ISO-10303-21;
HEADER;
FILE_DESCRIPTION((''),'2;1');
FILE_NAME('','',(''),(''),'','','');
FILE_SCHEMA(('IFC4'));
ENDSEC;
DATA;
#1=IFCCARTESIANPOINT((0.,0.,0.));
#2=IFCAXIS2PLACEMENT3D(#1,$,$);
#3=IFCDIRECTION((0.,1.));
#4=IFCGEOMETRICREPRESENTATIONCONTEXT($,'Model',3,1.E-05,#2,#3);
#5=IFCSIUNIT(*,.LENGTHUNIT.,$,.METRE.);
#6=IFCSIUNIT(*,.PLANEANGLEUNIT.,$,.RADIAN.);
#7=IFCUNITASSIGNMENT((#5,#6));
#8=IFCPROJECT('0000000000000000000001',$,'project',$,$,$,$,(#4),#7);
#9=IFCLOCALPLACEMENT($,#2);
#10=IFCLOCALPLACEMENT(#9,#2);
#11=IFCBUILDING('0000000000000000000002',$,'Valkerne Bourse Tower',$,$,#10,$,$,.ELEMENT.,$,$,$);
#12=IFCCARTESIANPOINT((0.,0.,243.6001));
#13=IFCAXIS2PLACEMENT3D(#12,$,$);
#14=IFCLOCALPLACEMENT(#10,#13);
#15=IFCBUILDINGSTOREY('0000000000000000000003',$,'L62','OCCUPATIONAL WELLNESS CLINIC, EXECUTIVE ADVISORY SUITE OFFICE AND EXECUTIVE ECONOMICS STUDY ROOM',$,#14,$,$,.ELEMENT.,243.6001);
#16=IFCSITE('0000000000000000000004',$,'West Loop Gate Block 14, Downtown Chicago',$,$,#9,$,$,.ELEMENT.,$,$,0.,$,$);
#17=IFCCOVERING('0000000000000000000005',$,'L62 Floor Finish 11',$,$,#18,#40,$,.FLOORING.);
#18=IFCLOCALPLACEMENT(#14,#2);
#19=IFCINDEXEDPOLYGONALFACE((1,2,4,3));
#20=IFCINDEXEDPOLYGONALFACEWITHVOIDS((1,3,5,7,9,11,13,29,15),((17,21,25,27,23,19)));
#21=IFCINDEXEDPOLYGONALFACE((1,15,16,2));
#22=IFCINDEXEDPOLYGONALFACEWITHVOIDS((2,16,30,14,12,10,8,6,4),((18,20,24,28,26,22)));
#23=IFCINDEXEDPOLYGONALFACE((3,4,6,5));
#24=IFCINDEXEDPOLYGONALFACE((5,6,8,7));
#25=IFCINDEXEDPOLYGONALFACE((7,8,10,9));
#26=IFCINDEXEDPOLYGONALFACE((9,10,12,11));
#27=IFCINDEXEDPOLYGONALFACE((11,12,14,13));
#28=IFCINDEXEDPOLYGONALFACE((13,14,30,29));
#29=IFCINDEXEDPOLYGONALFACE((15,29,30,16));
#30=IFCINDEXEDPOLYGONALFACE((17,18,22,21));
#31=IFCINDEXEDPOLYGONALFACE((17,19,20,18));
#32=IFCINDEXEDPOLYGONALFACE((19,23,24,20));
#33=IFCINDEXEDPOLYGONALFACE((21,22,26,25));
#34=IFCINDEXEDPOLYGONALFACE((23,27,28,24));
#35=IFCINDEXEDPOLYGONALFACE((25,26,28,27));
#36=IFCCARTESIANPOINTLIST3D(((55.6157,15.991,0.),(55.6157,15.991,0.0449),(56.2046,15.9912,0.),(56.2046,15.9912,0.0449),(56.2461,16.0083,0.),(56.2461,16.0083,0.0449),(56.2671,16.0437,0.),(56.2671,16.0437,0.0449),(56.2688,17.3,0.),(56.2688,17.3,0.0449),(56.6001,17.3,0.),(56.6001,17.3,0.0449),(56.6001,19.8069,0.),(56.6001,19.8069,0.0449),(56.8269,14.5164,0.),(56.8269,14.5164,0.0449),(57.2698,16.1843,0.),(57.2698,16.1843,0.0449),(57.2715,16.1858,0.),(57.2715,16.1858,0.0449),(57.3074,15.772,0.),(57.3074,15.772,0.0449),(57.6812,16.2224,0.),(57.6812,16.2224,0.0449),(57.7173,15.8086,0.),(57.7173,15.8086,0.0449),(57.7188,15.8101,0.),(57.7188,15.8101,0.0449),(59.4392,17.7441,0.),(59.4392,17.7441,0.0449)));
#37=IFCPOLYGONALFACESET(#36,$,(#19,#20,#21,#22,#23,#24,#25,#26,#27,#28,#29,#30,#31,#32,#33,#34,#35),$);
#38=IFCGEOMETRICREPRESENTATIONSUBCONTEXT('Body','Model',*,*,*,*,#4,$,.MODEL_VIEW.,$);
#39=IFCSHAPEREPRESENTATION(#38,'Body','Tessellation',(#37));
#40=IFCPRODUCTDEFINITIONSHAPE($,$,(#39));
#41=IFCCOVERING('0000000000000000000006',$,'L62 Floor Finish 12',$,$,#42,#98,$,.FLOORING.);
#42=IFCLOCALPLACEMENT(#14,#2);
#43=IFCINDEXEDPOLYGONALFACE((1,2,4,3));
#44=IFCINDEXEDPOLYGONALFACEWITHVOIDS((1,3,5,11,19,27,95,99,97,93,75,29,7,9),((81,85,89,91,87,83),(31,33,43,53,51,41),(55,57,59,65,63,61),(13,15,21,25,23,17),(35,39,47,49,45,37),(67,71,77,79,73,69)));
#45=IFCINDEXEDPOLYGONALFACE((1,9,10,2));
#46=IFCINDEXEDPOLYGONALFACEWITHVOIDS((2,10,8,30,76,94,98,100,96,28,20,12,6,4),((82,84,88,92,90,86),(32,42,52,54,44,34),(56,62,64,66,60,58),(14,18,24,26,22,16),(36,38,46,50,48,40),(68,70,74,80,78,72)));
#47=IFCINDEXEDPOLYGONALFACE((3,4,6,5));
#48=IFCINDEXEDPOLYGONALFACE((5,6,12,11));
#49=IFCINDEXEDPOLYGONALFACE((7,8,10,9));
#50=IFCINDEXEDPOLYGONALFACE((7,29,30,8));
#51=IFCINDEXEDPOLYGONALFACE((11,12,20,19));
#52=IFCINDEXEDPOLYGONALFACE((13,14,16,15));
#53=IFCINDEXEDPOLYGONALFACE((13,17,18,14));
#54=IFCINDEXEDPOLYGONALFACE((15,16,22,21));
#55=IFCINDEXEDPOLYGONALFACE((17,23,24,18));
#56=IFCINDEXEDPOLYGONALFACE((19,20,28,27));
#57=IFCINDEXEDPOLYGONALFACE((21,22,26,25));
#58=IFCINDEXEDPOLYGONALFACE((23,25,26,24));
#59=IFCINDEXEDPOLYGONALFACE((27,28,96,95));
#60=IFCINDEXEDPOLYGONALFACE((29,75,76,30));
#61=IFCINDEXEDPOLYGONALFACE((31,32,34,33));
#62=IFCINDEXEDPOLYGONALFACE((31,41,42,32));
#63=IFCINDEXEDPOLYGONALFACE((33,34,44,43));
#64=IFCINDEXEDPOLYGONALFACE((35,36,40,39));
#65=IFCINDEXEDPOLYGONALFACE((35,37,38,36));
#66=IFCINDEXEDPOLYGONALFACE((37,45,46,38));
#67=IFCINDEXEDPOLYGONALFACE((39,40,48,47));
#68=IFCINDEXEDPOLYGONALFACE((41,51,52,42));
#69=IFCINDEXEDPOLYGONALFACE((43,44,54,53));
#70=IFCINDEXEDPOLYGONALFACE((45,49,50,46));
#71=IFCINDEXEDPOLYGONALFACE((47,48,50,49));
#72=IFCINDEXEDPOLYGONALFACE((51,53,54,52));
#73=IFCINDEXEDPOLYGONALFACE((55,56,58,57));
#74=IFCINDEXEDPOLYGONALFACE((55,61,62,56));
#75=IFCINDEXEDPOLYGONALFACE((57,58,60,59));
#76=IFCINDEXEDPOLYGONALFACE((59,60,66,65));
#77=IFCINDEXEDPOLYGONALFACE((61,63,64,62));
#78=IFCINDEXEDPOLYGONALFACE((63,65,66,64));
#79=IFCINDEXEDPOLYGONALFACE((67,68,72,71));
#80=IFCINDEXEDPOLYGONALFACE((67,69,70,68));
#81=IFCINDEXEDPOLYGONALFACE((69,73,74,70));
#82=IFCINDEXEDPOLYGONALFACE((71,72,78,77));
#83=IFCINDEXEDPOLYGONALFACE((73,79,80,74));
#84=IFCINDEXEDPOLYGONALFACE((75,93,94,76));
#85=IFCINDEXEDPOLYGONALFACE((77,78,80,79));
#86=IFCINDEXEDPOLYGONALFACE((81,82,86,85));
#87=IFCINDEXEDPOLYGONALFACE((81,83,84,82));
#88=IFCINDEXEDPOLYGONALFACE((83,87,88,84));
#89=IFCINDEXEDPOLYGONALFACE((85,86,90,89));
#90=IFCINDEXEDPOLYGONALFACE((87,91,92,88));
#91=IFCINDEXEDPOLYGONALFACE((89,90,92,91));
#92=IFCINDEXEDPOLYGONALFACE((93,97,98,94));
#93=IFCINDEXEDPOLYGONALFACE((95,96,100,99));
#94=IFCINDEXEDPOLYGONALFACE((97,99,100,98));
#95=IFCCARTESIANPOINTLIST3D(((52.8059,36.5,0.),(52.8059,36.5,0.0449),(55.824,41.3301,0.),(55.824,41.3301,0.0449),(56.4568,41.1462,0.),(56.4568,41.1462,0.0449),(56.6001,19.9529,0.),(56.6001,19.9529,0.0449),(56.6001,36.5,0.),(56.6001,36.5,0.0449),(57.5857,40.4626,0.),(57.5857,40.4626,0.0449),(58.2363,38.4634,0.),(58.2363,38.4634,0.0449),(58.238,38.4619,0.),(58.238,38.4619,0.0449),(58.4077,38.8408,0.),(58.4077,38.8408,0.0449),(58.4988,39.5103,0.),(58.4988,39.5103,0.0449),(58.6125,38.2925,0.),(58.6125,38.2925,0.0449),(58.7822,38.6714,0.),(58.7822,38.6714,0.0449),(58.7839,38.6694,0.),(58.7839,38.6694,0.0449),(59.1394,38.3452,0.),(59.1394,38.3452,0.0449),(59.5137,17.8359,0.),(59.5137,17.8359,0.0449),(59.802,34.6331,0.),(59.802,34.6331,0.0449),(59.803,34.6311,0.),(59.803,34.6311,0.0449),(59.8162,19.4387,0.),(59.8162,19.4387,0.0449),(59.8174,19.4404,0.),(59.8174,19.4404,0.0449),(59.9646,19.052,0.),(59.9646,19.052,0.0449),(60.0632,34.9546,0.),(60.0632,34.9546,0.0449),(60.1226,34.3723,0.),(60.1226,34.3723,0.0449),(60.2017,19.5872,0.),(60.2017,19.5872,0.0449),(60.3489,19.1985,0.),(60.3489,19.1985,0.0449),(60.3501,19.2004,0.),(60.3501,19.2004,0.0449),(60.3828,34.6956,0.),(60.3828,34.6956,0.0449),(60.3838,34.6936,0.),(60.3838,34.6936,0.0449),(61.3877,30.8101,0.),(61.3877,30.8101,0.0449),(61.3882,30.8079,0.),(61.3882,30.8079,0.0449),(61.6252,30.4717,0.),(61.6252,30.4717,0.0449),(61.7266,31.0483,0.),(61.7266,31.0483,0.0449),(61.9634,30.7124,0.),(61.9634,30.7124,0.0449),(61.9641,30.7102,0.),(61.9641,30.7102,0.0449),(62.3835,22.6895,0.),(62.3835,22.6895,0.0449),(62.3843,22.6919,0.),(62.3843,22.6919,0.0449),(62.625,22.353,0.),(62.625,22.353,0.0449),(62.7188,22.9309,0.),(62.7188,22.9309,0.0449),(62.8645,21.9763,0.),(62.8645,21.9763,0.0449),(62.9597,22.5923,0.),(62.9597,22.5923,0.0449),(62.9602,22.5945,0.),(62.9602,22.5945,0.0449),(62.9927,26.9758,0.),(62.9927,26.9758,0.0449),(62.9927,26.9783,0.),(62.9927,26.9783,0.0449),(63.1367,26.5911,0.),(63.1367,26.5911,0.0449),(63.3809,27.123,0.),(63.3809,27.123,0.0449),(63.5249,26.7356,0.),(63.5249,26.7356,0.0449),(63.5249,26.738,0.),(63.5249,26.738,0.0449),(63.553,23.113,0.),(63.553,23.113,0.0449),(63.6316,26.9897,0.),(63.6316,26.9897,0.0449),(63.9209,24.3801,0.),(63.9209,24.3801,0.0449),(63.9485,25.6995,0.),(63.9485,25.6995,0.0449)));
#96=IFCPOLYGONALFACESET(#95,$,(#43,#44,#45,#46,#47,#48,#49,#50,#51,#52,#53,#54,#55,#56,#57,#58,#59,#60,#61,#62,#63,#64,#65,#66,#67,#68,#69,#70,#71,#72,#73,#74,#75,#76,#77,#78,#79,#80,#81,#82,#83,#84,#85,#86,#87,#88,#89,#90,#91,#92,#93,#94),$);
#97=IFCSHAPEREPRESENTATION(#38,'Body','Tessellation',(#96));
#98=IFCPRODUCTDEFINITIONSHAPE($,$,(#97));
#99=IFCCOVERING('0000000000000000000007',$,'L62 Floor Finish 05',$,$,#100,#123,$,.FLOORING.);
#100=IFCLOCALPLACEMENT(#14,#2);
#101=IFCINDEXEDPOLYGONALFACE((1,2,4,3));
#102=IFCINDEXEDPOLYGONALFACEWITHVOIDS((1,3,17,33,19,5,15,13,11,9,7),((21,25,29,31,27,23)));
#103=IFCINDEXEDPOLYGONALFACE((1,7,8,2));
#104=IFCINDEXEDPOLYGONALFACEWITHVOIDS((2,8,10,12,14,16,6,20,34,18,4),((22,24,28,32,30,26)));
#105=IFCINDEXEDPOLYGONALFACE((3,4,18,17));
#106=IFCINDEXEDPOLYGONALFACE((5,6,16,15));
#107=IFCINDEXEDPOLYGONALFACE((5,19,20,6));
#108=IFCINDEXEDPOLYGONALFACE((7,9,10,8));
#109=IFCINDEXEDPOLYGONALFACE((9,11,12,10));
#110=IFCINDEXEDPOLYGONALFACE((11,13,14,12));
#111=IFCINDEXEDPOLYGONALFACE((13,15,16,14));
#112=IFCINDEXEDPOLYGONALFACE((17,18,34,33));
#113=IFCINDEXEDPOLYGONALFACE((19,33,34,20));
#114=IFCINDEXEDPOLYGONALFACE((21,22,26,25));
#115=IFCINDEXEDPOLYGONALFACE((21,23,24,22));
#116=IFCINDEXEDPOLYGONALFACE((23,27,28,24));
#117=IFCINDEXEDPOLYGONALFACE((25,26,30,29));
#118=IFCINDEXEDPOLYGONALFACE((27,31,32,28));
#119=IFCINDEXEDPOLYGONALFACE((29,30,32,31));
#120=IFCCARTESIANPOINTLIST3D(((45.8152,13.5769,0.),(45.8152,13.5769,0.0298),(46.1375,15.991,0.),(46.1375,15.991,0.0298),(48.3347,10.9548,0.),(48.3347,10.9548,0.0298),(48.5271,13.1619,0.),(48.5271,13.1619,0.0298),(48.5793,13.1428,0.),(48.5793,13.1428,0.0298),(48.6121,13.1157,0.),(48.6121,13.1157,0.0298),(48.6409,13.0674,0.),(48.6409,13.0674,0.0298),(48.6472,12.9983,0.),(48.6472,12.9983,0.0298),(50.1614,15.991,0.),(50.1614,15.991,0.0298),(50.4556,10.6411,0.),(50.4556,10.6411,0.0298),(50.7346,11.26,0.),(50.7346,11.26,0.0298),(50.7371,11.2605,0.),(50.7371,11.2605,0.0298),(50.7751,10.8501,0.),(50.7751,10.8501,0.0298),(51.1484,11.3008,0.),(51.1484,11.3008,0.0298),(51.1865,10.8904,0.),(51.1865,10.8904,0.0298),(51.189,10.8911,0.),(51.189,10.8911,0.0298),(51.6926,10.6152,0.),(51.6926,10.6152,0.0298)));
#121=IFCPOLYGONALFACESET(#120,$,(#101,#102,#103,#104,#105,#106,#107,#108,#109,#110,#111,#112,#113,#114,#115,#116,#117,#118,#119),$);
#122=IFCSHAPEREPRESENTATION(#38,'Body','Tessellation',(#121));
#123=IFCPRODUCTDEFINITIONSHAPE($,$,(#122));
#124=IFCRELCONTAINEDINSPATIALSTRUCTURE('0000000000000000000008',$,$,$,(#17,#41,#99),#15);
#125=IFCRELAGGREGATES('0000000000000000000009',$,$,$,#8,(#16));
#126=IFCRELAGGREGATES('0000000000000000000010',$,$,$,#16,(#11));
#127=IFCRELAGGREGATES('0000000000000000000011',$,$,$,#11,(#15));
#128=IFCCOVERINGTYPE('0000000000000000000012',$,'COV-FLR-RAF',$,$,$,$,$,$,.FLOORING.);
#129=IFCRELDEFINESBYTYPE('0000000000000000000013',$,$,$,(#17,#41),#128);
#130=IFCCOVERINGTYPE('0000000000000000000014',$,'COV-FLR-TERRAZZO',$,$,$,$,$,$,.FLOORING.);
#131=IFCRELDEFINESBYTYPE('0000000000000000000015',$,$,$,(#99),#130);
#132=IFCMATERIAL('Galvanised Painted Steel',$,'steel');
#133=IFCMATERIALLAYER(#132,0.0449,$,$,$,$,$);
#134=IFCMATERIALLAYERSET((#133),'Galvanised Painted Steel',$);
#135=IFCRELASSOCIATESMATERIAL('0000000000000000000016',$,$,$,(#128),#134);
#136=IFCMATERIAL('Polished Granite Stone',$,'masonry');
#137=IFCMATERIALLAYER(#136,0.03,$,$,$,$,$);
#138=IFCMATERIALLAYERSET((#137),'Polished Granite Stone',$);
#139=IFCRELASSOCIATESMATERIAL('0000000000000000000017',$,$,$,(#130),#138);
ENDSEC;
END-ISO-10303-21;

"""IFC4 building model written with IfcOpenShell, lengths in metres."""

from ifc_helpers import new_model, si_unit, direction, frame, origin, place, context, subcontext, project, spatial, polyline, outline, extrude, material, layer, layer_set, type_object, element, save


model = new_model("IFC4")

# Units and contexts
model_context = context("Model", 3, precision=1e-05, world=origin(), true_north=direction((0.0, 1.0)))
body_context = subcontext(model_context, "Body", "Model", "MODEL_VIEW")
ifc_project = project(units=[si_unit("LENGTHUNIT", "METRE"), si_unit("PLANEANGLEUNIT", "RADIAN")], contexts=[model_context])

# Site, building, storey
site_placement = place(None, origin())
site = spatial("IfcSite", under=ifc_project, at=site_placement, Name="West Loop Gate Block 14, Downtown Chicago", CompositionType="ELEMENT", RefElevation=0.0)
building_placement = place(site_placement, origin())
building = spatial("IfcBuilding", under=site, at=building_placement, Name="Valkerne Bourse Tower", CompositionType="ELEMENT")
storey_placement = place(building_placement, frame((0.0, 0.0, 243.6001)))
storey = spatial("IfcBuildingStorey", under=building, at=storey_placement, Name="L62", Description="OCCUPATIONAL WELLNESS CLINIC, EXECUTIVE ADVISORY SUITE OFFICE AND EXECUTIVE ECONOMICS STUDY ROOM", CompositionType="ELEMENT", Elevation=243.6001)

# Coverings
ifc_material_1 = material(Name="Galvanised Painted Steel", Category="steel")
ifc_layer_1 = layer(ifc_material_1, 0.0449)
ifc_layer_set_1 = layer_set([ifc_layer_1], Name="Galvanised Painted Steel")
covering_type_1 = type_object("IfcCoveringType", Name="COV-FLR-RAF", PredefinedType="FLOORING", material=ifc_layer_set_1)
covering_1_placement = place(storey_placement, origin())
element("IfcCovering", 1, at=covering_1_placement, inside=storey, type_object=covering_type_1, Name="L62 Floor Finish 11", PredefinedType="FLOORING", context=body_context, shape_type="SweptSolid", body=[
    extrude(outline(polyline([(56.2046, 15.9912), (56.2461, 16.0083), (56.2671, 16.0437), (56.2688, 17.3), (56.6001, 17.3), (56.6001, 19.8069), (59.4392, 17.7441), (56.8269, 14.5164), (55.6157, 15.991), (56.2046, 15.9912)]), holes=[polyline([(57.7188, 15.8101), (57.6812, 16.2224), (57.2715, 16.1858), (57.2698, 16.1843), (57.3074, 15.772), (57.7173, 15.8086), (57.7188, 15.8101)])]), origin(), (0.0, 0.0, 1.0), 0.0449),
])
covering_2_placement = place(storey_placement, origin())
element("IfcCovering", 2, at=covering_2_placement, inside=storey, type_object=covering_type_1, Name="L62 Floor Finish 12", PredefinedType="FLOORING", context=body_context, shape_type="SweptSolid", body=[
    extrude(outline(polyline([(58.4988, 39.5103), (59.1394, 38.3452), (63.6316, 26.9897), (63.9485, 25.6995), (63.9209, 24.3801), (63.553, 23.113), (62.8645, 21.9763), (59.5137, 17.8359), (56.6001, 19.9529), (56.6001, 36.5), (52.8059, 36.5), (55.824, 41.3301), (56.4568, 41.1462), (57.5857, 40.4626), (58.4988, 39.5103)]), holes=[polyline([(60.3501, 19.2004), (60.2017, 19.5872), (59.8174, 19.4404), (59.8162, 19.4387), (59.9646, 19.052), (60.3489, 19.1985), (60.3501, 19.2004)]), polyline([(62.9602, 22.5945), (62.7188, 22.9309), (62.3843, 22.6919), (62.3835, 22.6895), (62.625, 22.353), (62.9597, 22.5923), (62.9602, 22.5945)]), polyline([(63.5249, 26.7356), (63.5249, 26.738), (63.3809, 27.123), (62.9927, 26.9783), (62.9927, 26.9758), (63.1367, 26.5911), (63.5249, 26.7356)]), polyline([(61.9634, 30.7124), (61.7266, 31.0483), (61.3877, 30.8101), (61.3882, 30.8079), (61.6252, 30.4717), (61.9641, 30.7102), (61.9634, 30.7124)]), polyline([(60.3828, 34.6956), (60.0632, 34.9546), (59.802, 34.6331), (59.803, 34.6311), (60.1226, 34.3723), (60.3838, 34.6936), (60.3828, 34.6956)]), polyline([(58.7822, 38.6714), (58.4077, 38.8408), (58.2363, 38.4634), (58.238, 38.4619), (58.6125, 38.2925), (58.7839, 38.6694), (58.7822, 38.6714)])]), origin(), (0.0, 0.0, 1.0), 0.0449),
])
ifc_material_2 = material(Name="Polished Granite Stone", Category="masonry")
ifc_layer_2 = layer(ifc_material_2, 0.03)
ifc_layer_set_2 = layer_set([ifc_layer_2], Name="Polished Granite Stone")
covering_type_2 = type_object("IfcCoveringType", Name="COV-FLR-TERRAZZO", PredefinedType="FLOORING", material=ifc_layer_set_2)
covering_3_placement = place(storey_placement, origin())
element("IfcCovering", 3, at=covering_3_placement, inside=storey, type_object=covering_type_2, Name="L62 Floor Finish 05", PredefinedType="FLOORING", context=body_context, shape_type="SweptSolid", body=[
    extrude(outline(polyline([(48.6472, 12.9983), (48.6409, 13.0674), (48.6121, 13.1157), (48.5793, 13.1428), (48.5271, 13.1619), (45.8152, 13.5769), (46.1375, 15.991), (50.1614, 15.991), (51.6926, 10.6152), (50.4556, 10.6411), (48.3347, 10.9548), (48.6472, 12.9983)]), holes=[polyline([(51.189, 10.8911), (51.1484, 11.3008), (50.7371, 11.2605), (50.7346, 11.26), (50.7751, 10.8501), (51.1865, 10.8904), (51.189, 10.8911)])]), origin(), (0.0, 0.0, 1.0), 0.0298),
])

save(model, "model.ifc")
